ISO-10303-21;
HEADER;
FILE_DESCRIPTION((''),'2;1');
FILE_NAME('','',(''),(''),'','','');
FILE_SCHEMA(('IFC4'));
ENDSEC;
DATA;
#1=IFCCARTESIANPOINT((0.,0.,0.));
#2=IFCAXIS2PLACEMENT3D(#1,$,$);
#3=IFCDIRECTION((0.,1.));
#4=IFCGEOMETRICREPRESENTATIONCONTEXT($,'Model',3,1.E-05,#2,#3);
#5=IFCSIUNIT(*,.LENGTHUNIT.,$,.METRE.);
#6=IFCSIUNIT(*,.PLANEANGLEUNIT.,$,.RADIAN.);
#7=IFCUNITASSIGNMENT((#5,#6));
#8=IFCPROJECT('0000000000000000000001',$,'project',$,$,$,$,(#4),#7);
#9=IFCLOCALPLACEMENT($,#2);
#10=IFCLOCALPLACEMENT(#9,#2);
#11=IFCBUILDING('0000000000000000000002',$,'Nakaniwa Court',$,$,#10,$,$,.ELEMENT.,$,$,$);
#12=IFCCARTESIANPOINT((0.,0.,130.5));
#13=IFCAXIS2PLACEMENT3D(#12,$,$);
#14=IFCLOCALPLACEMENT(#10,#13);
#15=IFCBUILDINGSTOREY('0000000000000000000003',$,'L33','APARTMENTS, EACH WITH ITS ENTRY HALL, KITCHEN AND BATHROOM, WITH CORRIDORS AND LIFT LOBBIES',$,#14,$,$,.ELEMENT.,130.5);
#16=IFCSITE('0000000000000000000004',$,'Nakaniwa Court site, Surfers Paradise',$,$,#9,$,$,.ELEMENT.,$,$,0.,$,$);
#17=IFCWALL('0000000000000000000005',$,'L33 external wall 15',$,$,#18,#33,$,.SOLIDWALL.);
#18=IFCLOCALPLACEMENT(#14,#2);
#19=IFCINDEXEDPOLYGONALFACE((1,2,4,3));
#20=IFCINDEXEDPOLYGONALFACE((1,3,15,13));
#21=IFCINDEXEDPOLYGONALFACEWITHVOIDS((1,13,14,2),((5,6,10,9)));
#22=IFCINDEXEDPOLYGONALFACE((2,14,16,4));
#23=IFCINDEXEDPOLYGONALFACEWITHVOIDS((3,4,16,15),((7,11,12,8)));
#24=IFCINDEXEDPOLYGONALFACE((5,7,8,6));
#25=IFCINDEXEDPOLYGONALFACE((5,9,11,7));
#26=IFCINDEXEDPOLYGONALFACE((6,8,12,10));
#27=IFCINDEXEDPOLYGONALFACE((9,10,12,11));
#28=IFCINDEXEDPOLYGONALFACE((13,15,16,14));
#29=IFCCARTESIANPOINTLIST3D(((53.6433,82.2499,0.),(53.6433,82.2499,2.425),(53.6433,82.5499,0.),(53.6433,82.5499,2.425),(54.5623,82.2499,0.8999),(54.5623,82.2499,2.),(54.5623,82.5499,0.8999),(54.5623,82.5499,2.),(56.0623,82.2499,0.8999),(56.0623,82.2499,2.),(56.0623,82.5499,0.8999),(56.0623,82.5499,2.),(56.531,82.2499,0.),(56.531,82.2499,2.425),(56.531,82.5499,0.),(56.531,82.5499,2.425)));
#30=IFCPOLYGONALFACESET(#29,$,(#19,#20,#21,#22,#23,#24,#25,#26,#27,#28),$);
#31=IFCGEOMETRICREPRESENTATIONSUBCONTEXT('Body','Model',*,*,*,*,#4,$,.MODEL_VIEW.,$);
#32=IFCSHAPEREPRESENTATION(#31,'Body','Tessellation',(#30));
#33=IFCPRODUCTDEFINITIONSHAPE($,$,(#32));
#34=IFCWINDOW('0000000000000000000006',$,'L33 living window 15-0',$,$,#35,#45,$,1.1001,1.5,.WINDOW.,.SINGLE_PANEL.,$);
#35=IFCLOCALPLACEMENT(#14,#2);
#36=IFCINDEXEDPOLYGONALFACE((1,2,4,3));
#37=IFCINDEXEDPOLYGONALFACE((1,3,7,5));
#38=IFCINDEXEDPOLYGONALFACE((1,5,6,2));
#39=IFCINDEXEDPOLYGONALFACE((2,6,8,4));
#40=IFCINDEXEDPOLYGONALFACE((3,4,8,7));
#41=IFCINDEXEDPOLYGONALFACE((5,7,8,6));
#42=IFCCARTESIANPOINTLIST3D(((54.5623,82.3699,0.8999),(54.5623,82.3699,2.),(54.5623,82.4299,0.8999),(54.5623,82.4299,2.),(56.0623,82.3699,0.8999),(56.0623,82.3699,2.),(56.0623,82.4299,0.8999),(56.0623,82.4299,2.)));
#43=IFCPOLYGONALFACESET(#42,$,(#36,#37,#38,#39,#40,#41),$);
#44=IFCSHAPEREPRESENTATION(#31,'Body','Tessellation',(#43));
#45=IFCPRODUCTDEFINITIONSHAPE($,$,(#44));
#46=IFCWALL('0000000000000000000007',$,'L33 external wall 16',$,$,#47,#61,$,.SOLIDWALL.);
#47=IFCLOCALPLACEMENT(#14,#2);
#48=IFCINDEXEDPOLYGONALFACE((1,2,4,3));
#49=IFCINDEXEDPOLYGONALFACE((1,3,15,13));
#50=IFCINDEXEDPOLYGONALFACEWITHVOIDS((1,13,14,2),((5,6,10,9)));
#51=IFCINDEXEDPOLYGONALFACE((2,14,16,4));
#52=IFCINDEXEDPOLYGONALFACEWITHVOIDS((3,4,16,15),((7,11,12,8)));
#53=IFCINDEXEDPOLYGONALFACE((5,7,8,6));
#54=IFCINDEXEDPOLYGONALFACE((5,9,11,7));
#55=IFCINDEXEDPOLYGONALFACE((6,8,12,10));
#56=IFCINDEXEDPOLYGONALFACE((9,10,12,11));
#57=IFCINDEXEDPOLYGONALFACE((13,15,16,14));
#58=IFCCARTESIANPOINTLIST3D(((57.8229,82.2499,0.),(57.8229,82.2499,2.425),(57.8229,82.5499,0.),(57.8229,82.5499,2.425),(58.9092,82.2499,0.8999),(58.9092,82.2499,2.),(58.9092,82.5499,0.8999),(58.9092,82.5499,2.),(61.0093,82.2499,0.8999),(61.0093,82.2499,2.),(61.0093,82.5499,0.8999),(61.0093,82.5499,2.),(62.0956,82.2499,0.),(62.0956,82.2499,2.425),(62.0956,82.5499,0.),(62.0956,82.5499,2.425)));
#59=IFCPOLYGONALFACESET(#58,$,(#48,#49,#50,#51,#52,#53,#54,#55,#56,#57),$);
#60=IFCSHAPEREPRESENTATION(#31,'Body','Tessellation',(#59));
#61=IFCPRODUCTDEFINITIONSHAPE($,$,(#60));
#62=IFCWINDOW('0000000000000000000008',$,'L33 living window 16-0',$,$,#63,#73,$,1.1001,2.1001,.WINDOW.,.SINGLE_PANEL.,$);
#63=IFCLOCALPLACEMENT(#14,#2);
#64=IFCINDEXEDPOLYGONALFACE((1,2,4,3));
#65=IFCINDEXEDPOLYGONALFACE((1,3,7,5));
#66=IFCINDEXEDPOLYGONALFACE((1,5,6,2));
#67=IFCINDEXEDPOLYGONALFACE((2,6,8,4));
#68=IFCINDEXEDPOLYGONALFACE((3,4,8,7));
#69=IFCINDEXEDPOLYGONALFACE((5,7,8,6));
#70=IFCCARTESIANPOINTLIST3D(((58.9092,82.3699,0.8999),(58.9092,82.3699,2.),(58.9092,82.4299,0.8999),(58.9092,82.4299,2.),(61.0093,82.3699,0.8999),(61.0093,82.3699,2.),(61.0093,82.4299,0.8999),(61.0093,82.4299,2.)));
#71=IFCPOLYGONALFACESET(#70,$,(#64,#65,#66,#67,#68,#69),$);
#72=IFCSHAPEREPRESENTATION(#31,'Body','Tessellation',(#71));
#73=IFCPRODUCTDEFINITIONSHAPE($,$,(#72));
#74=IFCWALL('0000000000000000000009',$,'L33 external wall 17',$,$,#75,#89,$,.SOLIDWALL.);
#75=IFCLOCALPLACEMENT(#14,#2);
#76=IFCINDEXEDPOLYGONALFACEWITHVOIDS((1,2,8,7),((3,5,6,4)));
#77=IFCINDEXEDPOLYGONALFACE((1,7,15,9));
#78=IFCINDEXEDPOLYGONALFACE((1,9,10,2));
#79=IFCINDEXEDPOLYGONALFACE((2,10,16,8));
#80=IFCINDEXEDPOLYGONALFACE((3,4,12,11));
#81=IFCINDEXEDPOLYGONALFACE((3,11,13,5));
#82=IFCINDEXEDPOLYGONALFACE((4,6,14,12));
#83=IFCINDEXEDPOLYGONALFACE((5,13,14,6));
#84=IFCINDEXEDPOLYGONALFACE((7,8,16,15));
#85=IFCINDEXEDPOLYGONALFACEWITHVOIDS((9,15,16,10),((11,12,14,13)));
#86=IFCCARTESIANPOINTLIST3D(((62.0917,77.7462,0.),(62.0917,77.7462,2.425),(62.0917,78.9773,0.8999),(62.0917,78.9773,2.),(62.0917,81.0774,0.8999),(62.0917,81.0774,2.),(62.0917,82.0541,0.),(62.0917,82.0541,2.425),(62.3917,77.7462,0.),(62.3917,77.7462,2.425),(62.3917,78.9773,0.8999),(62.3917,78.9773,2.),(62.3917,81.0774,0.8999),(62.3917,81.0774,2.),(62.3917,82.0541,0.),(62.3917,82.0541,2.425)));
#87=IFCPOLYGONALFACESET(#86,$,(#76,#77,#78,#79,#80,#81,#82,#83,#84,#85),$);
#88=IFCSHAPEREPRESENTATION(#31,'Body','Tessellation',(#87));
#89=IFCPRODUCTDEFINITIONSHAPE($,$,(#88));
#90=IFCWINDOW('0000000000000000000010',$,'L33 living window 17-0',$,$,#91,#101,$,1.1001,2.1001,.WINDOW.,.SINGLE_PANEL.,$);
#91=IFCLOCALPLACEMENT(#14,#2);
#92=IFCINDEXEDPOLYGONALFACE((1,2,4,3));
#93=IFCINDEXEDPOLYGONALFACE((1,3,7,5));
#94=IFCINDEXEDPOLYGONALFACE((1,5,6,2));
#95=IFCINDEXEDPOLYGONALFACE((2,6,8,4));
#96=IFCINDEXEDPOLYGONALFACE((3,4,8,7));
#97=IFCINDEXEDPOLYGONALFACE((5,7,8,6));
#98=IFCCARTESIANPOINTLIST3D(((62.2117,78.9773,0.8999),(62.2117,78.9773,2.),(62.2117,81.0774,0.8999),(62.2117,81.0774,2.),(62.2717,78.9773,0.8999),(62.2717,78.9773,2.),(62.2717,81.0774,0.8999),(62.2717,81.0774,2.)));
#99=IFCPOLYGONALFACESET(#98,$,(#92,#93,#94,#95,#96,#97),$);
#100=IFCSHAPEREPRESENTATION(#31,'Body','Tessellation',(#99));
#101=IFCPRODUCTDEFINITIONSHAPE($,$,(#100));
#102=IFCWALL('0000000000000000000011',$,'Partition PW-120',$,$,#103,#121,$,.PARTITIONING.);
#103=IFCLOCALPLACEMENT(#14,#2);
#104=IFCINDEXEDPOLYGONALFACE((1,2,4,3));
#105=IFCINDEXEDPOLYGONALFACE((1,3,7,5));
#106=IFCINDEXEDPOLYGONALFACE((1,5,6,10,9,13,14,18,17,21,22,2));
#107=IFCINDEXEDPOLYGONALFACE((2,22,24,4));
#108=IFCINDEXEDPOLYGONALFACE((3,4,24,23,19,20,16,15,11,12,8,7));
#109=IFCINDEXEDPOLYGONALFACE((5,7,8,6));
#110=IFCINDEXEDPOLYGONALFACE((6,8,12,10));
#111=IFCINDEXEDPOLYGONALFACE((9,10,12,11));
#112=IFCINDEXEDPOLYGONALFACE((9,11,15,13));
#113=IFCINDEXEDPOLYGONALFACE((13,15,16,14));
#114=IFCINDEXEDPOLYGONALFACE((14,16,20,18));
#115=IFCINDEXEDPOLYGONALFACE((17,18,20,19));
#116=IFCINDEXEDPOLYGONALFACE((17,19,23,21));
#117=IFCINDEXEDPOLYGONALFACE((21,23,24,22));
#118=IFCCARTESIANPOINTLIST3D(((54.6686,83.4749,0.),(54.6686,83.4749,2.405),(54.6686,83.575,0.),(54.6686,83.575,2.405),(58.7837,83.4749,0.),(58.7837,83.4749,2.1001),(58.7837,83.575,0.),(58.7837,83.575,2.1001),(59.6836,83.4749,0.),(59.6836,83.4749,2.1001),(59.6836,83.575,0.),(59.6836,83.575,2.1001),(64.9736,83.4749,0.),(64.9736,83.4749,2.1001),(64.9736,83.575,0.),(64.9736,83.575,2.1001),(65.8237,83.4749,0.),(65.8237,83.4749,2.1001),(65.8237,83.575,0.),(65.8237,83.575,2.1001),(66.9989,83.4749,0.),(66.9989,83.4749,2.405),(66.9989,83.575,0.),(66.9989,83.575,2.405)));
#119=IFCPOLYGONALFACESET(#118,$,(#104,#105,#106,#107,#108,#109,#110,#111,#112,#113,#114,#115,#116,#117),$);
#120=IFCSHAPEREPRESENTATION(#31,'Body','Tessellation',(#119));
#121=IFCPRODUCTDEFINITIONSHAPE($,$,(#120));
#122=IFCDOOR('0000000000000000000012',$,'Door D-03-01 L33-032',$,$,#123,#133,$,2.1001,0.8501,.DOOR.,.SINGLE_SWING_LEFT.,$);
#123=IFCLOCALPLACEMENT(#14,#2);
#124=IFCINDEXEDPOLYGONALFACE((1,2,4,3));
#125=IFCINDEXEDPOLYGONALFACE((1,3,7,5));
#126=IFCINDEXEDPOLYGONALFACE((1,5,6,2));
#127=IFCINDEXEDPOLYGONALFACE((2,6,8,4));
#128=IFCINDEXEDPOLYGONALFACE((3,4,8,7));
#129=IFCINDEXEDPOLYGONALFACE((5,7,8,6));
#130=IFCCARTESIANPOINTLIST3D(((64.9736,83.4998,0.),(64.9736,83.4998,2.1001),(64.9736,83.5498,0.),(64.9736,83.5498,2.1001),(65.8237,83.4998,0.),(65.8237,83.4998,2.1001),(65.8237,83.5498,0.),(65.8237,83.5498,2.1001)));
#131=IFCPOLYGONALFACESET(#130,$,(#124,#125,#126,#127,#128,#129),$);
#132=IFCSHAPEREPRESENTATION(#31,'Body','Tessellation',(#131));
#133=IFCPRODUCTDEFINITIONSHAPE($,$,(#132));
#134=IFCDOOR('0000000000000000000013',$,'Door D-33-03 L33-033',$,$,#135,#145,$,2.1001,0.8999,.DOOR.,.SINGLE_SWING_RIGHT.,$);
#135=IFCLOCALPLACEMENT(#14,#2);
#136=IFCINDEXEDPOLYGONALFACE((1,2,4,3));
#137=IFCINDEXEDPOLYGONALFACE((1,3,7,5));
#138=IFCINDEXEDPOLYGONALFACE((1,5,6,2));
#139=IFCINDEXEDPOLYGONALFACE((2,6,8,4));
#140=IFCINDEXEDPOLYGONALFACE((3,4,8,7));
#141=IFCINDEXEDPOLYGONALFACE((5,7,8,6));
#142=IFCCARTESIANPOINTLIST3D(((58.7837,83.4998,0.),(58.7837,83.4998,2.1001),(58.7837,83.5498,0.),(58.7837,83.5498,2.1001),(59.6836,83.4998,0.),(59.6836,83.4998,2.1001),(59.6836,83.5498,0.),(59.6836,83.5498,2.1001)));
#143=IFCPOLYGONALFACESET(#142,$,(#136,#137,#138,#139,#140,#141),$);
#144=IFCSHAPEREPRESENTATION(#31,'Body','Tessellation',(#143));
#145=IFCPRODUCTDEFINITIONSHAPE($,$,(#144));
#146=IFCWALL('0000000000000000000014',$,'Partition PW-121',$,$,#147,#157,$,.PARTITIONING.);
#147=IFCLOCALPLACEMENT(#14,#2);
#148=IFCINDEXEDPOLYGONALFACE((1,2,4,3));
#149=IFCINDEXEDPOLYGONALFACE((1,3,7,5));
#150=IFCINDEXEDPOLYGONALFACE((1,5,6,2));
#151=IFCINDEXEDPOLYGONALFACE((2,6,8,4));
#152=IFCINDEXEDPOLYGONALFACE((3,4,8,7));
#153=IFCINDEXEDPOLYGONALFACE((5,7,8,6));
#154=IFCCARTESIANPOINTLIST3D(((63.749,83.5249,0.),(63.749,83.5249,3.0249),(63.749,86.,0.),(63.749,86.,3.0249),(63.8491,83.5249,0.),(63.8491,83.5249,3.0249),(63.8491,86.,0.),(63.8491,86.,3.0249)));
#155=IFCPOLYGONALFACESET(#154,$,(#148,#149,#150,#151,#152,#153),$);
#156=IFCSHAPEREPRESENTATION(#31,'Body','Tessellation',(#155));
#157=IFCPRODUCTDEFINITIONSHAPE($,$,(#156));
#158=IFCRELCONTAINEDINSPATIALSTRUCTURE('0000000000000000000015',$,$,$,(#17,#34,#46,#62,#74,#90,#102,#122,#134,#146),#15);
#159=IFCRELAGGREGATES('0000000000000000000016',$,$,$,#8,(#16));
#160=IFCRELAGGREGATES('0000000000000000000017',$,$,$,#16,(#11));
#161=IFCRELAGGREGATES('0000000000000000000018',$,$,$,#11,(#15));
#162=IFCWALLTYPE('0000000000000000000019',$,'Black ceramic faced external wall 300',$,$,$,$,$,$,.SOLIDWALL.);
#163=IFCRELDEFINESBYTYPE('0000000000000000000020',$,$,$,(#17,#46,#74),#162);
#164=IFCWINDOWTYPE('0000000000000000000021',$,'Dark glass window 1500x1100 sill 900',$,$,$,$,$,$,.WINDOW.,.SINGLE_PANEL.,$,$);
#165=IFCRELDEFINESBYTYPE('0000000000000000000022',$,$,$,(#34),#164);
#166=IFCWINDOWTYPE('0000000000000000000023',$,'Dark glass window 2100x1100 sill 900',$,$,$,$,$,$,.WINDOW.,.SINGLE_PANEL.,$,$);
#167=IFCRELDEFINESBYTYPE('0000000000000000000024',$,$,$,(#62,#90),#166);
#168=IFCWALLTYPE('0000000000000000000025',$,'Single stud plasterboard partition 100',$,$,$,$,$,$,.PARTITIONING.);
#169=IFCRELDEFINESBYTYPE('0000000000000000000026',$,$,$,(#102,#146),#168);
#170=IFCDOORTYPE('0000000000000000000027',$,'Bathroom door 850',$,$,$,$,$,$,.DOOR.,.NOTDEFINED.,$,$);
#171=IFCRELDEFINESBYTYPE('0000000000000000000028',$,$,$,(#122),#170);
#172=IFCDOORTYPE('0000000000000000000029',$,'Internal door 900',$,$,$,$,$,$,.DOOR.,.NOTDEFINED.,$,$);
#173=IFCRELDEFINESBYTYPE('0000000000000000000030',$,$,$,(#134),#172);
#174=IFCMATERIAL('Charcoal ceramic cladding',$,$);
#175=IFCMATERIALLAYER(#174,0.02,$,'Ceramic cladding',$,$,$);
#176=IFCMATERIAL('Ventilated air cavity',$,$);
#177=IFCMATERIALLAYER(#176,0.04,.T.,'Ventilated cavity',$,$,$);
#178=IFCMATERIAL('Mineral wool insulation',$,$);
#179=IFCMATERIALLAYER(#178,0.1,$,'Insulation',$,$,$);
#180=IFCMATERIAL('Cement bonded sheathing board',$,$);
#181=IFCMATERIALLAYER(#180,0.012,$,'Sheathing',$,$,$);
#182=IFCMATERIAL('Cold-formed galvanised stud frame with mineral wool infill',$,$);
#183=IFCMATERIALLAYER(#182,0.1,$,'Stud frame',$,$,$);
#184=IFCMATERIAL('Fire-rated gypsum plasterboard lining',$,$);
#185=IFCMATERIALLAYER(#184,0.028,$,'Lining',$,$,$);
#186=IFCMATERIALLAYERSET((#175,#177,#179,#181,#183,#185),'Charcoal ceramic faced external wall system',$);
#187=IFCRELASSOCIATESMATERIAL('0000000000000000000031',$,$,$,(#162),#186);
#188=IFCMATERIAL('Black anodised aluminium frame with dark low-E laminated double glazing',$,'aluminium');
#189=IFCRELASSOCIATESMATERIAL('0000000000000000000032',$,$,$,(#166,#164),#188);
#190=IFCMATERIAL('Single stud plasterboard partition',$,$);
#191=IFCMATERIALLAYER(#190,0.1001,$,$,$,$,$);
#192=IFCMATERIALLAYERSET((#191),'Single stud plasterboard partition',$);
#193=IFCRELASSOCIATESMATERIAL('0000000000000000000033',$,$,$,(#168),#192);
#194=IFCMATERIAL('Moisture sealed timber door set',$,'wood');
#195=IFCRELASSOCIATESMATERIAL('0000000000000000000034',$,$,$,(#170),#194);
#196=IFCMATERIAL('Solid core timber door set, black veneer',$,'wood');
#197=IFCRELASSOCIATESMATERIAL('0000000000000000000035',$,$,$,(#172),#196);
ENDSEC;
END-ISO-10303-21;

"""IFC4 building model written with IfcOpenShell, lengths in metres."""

from ifc_helpers import new_model, si_unit, direction, frame, frame_2d, origin, place, context, subcontext, project, spatial, rectangle, extrude, material, layer, layer_set, type_object, element, fill, save


model = new_model("IFC4")

# Units and contexts
model_context = context("Model", 3, precision=1e-05, world=origin(), true_north=direction((0.0, 1.0)))
body_context = subcontext(model_context, "Body", "Model", "MODEL_VIEW")
ifc_project = project(units=[si_unit("LENGTHUNIT", "METRE"), si_unit("PLANEANGLEUNIT", "RADIAN")], contexts=[model_context])

# Site, building, storey
site_placement = place(None, origin())
site = spatial("IfcSite", under=ifc_project, at=site_placement, Name="Nakaniwa Court site, Surfers Paradise", CompositionType="ELEMENT", RefElevation=0.0)
building_placement = place(site_placement, origin())
building = spatial("IfcBuilding", under=site, at=building_placement, Name="Nakaniwa Court", CompositionType="ELEMENT")
storey_placement = place(building_placement, frame((0.0, 0.0, 130.5)))
storey = spatial("IfcBuildingStorey", under=building, at=storey_placement, Name="L33", Description="APARTMENTS, EACH WITH ITS ENTRY HALL, KITCHEN AND BATHROOM, WITH CORRIDORS AND LIFT LOBBIES", CompositionType="ELEMENT", Elevation=130.5)

# Shared definitions
ifc_material_1 = material(Name="Charcoal ceramic cladding")
ifc_layer_1 = layer(ifc_material_1, 0.02, Name="Ceramic cladding")
ifc_material_2 = material(Name="Ventilated air cavity")
ifc_layer_2 = layer(ifc_material_2, 0.04, ventilated=True, Name="Ventilated cavity")
ifc_material_3 = material(Name="Mineral wool insulation")
ifc_layer_3 = layer(ifc_material_3, 0.1, Name="Insulation")
ifc_material_4 = material(Name="Cement bonded sheathing board")
ifc_layer_4 = layer(ifc_material_4, 0.012, Name="Sheathing")
ifc_material_5 = material(Name="Cold-formed galvanised stud frame with mineral wool infill")
ifc_layer_5 = layer(ifc_material_5, 0.1, Name="Stud frame")
ifc_material_6 = material(Name="Fire-rated gypsum plasterboard lining")
ifc_layer_6 = layer(ifc_material_6, 0.028, Name="Lining")
ifc_layer_set_1 = layer_set([ifc_layer_1, ifc_layer_2, ifc_layer_3, ifc_layer_4, ifc_layer_5, ifc_layer_6], Name="Charcoal ceramic faced external wall system")
wall_type_1 = type_object("IfcWallType", Name="Black ceramic faced external wall 300", PredefinedType="SOLIDWALL", material=ifc_layer_set_1)

# Walls, openings, windows
ifc_material_7 = material(Name="Black anodised aluminium frame with dark low-E laminated double glazing", Category="aluminium")
window_type_1 = type_object("IfcWindowType", Name="Dark glass window 2100x1100 sill 900", PartitioningType="SINGLE_PANEL", PredefinedType="WINDOW", material=ifc_material_7)
wall_1_placement = place(storey_placement, frame((53.6433, 82.3999, 0.0), z_axis=(0.0, 0.0, 1.0), x_axis=(1.0, 0.0, 0.0)))
wall_1 = element("IfcWall", 1, at=wall_1_placement, inside=storey, type_object=wall_type_1, Name="L33 external wall 15", PredefinedType="SOLIDWALL", context=body_context, shape_type="SweptSolid", body=[
    extrude(rectangle(XDim=2.8877, YDim=0.3, at=frame_2d((1.4438, 0.0))), origin(), (0.0, 0.0, 1.0), 2.425),
])
opening_1_placement = place(wall_1_placement, frame((0.9189, 0.0, 0.8999)))
opening_1 = element("IfcOpeningElement", 2, at=opening_1_placement, cuts=wall_1, PredefinedType="OPENING", context=body_context, shape_type="SweptSolid", body=[
    extrude(rectangle(XDim=1.5, YDim=1.1001, at=frame_2d((0.75, 0.55))), frame((0.0, 0.1599, 0.0), z_axis=(0.0, -1.0, 0.0), x_axis=(1.0, 0.0, 0.0)), (0.0, 0.0, 1.0), 0.3201),
])
window_type_2 = type_object("IfcWindowType", Name="Dark glass window 1500x1100 sill 900", PartitioningType="SINGLE_PANEL", PredefinedType="WINDOW", material=ifc_material_7)
window_1_placement = place(opening_1_placement, origin())
window_1 = element("IfcWindow", 3, at=window_1_placement, inside=storey, type_object=window_type_2, Name="L33 living window 15-0", OverallHeight=1.1001, OverallWidth=1.5, PartitioningType="SINGLE_PANEL", PredefinedType="WINDOW", context=body_context, shape_type="SweptSolid", body=[
    extrude(rectangle(XDim=1.5, YDim=1.1001, at=frame_2d((0.75, 0.55))), frame((0.0, 0.03, 0.0), z_axis=(0.0, -1.0, 0.0), x_axis=(1.0, 0.0, 0.0)), (0.0, 0.0, 1.0), 0.0601),
])
fill(opening_1, window_1)
wall_2_placement = place(storey_placement, frame((57.823, 82.3999, 0.0), z_axis=(0.0, 0.0, 1.0), x_axis=(1.0, 0.0, 0.0)))
wall_2 = element("IfcWall", 4, at=wall_2_placement, inside=storey, type_object=wall_type_1, Name="L33 external wall 16", PredefinedType="SOLIDWALL", context=body_context, shape_type="SweptSolid", body=[
    extrude(rectangle(XDim=4.2727, YDim=0.3, at=frame_2d((2.1362, 0.0))), origin(), (0.0, 0.0, 1.0), 2.425),
])
opening_2_placement = place(wall_2_placement, frame((1.0862, 0.0, 0.8999)))
opening_2 = element("IfcOpeningElement", 5, at=opening_2_placement, cuts=wall_2, PredefinedType="OPENING", context=body_context, shape_type="SweptSolid", body=[
    extrude(rectangle(XDim=2.1001, YDim=1.1001, at=frame_2d((1.05, 0.55))), frame((0.0, 0.1599, 0.0), z_axis=(0.0, -1.0, 0.0), x_axis=(1.0, 0.0, 0.0)), (0.0, 0.0, 1.0), 0.3201),
])
window_2_placement = place(opening_2_placement, origin())
window_2 = element("IfcWindow", 6, at=window_2_placement, inside=storey, type_object=window_type_1, Name="L33 living window 16-0", OverallHeight=1.1001, OverallWidth=2.1001, PartitioningType="SINGLE_PANEL", PredefinedType="WINDOW", context=body_context, shape_type="SweptSolid", body=[
    extrude(rectangle(XDim=2.1001, YDim=1.1001, at=frame_2d((1.05, 0.55))), frame((0.0, 0.03, 0.0), z_axis=(0.0, -1.0, 0.0), x_axis=(1.0, 0.0, 0.0)), (0.0, 0.0, 1.0), 0.0601),
])
fill(opening_2, window_2)
wall_3_placement = place(storey_placement, frame((62.2417, 82.054, 0.0), z_axis=(0.0, 0.0, 1.0), x_axis=(0.0, -1.0, 0.0)))
wall_3 = element("IfcWall", 7, at=wall_3_placement, inside=storey, type_object=wall_type_1, Name="L33 external wall 17", PredefinedType="SOLIDWALL", context=body_context, shape_type="SweptSolid", body=[
    extrude(rectangle(XDim=4.3079, YDim=0.3, at=frame_2d((2.1538, 0.0))), origin(), (0.0, 0.0, 1.0), 2.425),
])
opening_3_placement = place(wall_3_placement, frame((0.9766, 0.0, 0.8999)))
opening_3 = element("IfcOpeningElement", 8, at=opening_3_placement, cuts=wall_3, PredefinedType="OPENING", context=body_context, shape_type="SweptSolid", body=[
    extrude(rectangle(XDim=2.1001, YDim=1.1001, at=frame_2d((1.05, 0.55))), frame((0.0, 0.1599, 0.0), z_axis=(0.0, -1.0, 0.0), x_axis=(1.0, 0.0, 0.0)), (0.0, 0.0, 1.0), 0.3201),
])
window_3_placement = place(opening_3_placement, origin())
window_3 = element("IfcWindow", 9, at=window_3_placement, inside=storey, type_object=window_type_1, Name="L33 living window 17-0", OverallHeight=1.1001, OverallWidth=2.1001, PartitioningType="SINGLE_PANEL", PredefinedType="WINDOW", context=body_context, shape_type="SweptSolid", body=[
    extrude(rectangle(XDim=2.1001, YDim=1.1001, at=frame_2d((1.05, 0.55))), frame((0.0, 0.03, 0.0), z_axis=(0.0, -1.0, 0.0), x_axis=(1.0, 0.0, 0.0)), (0.0, 0.0, 1.0), 0.0601),
])
fill(opening_3, window_3)

# Wall, openings, doors
ifc_material_8 = material(Name="Single stud plasterboard partition")
ifc_layer_7 = layer(ifc_material_8, 0.1001)
ifc_layer_set_2 = layer_set([ifc_layer_7], Name="Single stud plasterboard partition")
wall_type_2 = type_object("IfcWallType", Name="Single stud plasterboard partition 100", PredefinedType="PARTITIONING", material=ifc_layer_set_2)
wall_4_placement = place(storey_placement, frame((54.6687, 83.5249, 0.0), z_axis=(0.0, 0.0, 1.0), x_axis=(1.0, 0.0, 0.0)))
wall_4 = element("IfcWall", 10, at=wall_4_placement, inside=storey, type_object=wall_type_2, Name="Partition PW-120", PredefinedType="PARTITIONING", context=body_context, shape_type="SweptSolid", body=[
    extrude(rectangle(XDim=12.3303, YDim=0.1001, at=frame_2d((6.165, 0.0))), origin(), (0.0, 0.0, 1.0), 2.405),
])
opening_4_placement = place(wall_4_placement, frame((10.3049, 0.0, 0.0)))
opening_4 = element("IfcOpeningElement", 11, at=opening_4_placement, cuts=wall_4, PredefinedType="OPENING", context=body_context, shape_type="SweptSolid", body=[
    extrude(rectangle(XDim=0.8501, YDim=2.1001, at=frame_2d((0.425, 1.05))), frame((0.0, 0.0601, 0.0), z_axis=(0.0, -1.0, 0.0), x_axis=(1.0, 0.0, 0.0)), (0.0, 0.0, 1.0), 0.1201),
])
opening_5_placement = place(wall_4_placement, frame((4.115, 0.0, 0.0)))
opening_5 = element("IfcOpeningElement", 12, at=opening_5_placement, cuts=wall_4, PredefinedType="OPENING", context=body_context, shape_type="SweptSolid", body=[
    extrude(rectangle(XDim=0.8999, YDim=2.1001, at=frame_2d((0.45, 1.05))), frame((0.0, 0.0601, 0.0), z_axis=(0.0, -1.0, 0.0), x_axis=(1.0, 0.0, 0.0)), (0.0, 0.0, 1.0), 0.1201),
])
ifc_material_9 = material(Name="Moisture sealed timber door set", Category="wood")
door_type_1 = type_object("IfcDoorType", Name="Bathroom door 850", OperationType="NOTDEFINED", PredefinedType="DOOR", material=ifc_material_9)
door_1_placement = place(opening_4_placement, origin())
door_1 = element("IfcDoor", 13, at=door_1_placement, inside=storey, type_object=door_type_1, Name="Door D-03-01 L33-032", OperationType="SINGLE_SWING_LEFT", OverallHeight=2.1001, OverallWidth=0.8501, PredefinedType="DOOR", context=body_context, shape_type="SweptSolid", body=[
    extrude(rectangle(XDim=0.8501, YDim=2.1001, at=frame_2d((0.425, 1.05))), frame((0.0, 0.0249, 0.0), z_axis=(0.0, -1.0, 0.0), x_axis=(1.0, 0.0, 0.0)), (0.0, 0.0, 1.0), 0.05),
])
fill(opening_4, door_1)
ifc_material_10 = material(Name="Solid core timber door set, black veneer", Category="wood")
door_type_2 = type_object("IfcDoorType", Name="Internal door 900", OperationType="NOTDEFINED", PredefinedType="DOOR", material=ifc_material_10)
door_2_placement = place(opening_5_placement, origin())
door_2 = element("IfcDoor", 14, at=door_2_placement, inside=storey, type_object=door_type_2, Name="Door D-33-03 L33-033", OperationType="SINGLE_SWING_RIGHT", OverallHeight=2.1001, OverallWidth=0.8999, PredefinedType="DOOR", context=body_context, shape_type="SweptSolid", body=[
    extrude(rectangle(XDim=0.8999, YDim=2.1001, at=frame_2d((0.45, 1.05))), frame((0.0, 0.0249, 0.0), z_axis=(0.0, -1.0, 0.0), x_axis=(1.0, 0.0, 0.0)), (0.0, 0.0, 1.0), 0.05),
])
fill(opening_5, door_2)

# Wall
wall_5_placement = place(storey_placement, frame((63.7991, 83.5249, 0.0), z_axis=(0.0, 0.0, 1.0), x_axis=(0.0, 1.0, 0.0)))
element("IfcWall", 15, at=wall_5_placement, inside=storey, type_object=wall_type_2, Name="Partition PW-121", PredefinedType="PARTITIONING", context=body_context, shape_type="SweptSolid", body=[
    extrude(rectangle(XDim=2.4751, YDim=0.1001, at=frame_2d((1.2375, 0.0))), origin(), (0.0, 0.0, 1.0), 3.0249),
])

save(model, "model.ifc")
